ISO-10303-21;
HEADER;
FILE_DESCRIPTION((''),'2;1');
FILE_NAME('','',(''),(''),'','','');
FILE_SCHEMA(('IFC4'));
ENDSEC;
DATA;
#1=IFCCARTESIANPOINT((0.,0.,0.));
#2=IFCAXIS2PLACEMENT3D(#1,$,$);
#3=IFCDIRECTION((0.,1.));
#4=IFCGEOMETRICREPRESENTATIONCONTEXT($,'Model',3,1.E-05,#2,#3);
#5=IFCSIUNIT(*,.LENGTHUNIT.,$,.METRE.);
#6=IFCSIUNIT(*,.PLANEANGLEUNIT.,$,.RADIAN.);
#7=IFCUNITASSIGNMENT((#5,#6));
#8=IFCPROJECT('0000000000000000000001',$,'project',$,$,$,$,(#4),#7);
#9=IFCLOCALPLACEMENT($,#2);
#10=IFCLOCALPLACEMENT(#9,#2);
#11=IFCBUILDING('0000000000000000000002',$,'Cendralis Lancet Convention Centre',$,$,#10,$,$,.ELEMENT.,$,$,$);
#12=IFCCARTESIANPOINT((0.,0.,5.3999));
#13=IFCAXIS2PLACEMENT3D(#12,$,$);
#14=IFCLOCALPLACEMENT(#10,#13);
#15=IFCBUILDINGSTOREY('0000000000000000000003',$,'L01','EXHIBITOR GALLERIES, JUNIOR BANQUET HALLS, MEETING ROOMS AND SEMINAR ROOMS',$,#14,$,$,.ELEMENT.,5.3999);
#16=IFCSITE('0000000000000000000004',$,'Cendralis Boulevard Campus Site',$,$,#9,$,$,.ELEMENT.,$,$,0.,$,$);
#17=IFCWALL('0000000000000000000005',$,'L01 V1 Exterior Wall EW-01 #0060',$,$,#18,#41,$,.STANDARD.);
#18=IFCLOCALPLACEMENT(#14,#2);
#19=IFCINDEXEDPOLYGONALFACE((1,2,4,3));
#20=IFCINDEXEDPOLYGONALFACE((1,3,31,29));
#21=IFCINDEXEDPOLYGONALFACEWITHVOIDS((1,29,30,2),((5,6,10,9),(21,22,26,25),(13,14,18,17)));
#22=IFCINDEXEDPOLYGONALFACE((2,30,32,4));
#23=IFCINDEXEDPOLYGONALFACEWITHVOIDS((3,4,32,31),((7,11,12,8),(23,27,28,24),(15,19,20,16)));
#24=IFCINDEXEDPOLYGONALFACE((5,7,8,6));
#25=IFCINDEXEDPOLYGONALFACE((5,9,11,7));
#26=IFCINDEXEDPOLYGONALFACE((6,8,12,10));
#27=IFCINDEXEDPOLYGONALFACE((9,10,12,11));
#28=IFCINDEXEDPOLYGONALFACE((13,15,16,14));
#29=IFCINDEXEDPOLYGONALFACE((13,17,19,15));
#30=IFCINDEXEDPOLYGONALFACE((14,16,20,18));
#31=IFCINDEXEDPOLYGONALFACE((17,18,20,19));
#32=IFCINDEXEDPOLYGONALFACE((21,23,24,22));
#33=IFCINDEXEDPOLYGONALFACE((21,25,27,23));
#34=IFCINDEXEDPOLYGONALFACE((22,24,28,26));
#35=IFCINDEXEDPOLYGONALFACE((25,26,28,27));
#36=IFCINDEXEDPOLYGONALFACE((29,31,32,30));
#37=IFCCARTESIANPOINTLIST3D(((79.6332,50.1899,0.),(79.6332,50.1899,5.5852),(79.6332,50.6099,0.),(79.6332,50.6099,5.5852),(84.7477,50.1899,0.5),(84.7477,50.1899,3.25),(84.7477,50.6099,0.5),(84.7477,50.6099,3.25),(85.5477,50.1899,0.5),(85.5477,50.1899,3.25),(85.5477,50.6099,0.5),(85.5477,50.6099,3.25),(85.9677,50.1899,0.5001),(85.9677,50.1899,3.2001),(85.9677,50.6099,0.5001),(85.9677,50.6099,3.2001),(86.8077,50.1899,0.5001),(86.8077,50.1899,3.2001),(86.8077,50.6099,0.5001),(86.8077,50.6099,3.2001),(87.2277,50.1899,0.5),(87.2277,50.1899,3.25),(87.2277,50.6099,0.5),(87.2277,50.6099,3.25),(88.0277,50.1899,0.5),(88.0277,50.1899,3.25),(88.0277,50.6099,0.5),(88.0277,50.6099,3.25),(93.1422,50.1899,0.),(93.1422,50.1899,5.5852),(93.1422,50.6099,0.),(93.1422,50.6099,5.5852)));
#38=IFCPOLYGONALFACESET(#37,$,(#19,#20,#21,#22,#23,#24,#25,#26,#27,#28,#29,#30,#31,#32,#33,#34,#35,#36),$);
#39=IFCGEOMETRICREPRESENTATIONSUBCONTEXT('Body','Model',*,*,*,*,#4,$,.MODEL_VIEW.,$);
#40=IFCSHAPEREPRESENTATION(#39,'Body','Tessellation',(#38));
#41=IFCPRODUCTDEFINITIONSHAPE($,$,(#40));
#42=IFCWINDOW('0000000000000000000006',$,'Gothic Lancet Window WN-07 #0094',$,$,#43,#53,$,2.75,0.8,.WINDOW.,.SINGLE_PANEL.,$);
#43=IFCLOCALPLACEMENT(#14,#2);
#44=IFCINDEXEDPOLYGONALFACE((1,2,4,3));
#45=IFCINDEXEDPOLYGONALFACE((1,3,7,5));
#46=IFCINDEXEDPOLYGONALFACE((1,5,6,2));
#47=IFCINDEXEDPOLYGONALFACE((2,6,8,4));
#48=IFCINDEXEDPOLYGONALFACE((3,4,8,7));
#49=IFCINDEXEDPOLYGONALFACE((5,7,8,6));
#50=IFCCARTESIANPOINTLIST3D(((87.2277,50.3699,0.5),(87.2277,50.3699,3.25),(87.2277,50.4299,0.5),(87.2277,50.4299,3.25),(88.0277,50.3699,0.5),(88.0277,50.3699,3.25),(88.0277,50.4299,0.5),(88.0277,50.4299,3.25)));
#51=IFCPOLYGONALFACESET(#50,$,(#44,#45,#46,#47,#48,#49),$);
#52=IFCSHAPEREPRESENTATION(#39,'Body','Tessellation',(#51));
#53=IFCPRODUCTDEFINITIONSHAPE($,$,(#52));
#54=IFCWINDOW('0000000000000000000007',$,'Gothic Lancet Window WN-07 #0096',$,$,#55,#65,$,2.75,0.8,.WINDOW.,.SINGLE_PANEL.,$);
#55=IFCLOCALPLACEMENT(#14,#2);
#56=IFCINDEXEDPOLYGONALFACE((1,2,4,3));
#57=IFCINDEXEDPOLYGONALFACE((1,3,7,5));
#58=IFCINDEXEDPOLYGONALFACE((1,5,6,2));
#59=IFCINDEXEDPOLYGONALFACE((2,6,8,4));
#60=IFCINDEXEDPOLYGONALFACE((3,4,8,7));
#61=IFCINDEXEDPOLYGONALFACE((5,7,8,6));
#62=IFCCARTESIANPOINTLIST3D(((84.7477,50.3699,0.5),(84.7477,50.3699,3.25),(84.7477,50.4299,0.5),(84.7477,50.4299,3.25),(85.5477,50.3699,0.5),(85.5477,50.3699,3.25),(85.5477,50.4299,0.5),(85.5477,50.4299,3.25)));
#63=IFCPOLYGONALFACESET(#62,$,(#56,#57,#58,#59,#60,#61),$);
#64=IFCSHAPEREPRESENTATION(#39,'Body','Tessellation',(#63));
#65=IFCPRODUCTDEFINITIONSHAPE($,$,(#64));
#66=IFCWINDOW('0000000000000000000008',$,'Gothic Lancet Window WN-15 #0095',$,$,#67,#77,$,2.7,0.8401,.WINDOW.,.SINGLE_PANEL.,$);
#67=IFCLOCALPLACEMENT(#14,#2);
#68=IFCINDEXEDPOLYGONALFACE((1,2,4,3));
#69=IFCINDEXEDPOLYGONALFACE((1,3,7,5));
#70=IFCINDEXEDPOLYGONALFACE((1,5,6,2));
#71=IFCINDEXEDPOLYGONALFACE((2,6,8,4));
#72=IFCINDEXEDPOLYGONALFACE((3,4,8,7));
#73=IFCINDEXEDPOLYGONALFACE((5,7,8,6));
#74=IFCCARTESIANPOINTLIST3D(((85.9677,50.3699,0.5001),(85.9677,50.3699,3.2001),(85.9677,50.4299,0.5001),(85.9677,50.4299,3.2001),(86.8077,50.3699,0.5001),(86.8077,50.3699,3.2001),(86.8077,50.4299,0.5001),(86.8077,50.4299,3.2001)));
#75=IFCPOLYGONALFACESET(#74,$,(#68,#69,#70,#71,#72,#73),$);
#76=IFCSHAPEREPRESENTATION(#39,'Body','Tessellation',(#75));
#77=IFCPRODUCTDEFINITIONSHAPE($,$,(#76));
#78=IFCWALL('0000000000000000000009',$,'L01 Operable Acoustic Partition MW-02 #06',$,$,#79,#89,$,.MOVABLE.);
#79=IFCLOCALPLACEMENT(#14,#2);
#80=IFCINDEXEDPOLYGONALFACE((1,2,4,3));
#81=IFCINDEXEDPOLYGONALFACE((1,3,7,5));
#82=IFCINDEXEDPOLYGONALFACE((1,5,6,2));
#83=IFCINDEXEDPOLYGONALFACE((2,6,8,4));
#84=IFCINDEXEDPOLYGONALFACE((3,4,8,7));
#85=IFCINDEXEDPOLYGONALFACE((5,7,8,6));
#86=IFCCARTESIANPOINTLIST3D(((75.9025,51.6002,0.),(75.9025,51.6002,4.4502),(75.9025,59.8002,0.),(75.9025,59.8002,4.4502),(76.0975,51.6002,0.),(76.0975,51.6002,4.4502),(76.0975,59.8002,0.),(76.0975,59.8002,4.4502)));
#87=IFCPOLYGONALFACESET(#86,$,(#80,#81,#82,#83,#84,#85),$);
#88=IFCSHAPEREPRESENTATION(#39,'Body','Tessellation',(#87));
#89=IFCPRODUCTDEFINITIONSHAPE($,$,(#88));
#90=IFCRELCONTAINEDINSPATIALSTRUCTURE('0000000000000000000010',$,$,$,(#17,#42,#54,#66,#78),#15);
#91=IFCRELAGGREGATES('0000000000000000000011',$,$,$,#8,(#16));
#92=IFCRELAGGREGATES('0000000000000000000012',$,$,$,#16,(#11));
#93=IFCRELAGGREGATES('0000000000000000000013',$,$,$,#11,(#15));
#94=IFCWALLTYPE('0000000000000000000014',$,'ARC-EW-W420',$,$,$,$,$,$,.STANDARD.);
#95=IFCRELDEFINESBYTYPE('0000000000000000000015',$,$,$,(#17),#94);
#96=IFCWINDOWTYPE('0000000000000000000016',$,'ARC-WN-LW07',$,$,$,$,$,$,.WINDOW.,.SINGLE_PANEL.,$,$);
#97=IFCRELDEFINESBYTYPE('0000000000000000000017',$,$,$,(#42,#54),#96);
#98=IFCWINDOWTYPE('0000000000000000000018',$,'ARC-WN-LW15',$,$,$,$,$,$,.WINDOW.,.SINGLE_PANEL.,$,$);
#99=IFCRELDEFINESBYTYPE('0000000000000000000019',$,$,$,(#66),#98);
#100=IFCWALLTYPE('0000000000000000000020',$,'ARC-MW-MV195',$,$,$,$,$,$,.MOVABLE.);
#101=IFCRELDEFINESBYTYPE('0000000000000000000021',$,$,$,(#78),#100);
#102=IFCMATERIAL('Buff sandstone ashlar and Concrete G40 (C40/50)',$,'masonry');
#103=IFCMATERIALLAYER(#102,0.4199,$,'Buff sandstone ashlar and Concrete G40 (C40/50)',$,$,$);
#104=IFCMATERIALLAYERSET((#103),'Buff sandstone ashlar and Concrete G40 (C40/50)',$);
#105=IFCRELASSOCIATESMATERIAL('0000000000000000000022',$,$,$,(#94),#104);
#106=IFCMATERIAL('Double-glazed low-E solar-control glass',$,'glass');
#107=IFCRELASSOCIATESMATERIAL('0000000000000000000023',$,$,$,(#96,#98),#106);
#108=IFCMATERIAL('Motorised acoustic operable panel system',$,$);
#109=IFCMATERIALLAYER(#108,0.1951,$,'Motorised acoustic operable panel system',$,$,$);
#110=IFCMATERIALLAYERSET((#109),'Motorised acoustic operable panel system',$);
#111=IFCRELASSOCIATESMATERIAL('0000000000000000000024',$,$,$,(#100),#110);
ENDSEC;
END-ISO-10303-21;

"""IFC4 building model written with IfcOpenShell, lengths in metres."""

from ifc_helpers import new_model, si_unit, direction, frame, frame_2d, origin, place, context, subcontext, project, spatial, rectangle, extrude, material, layer, layer_set, type_object, element, fill, save


model = new_model("IFC4")

# Units and contexts
model_context = context("Model", 3, precision=1e-05, world=origin(), true_north=direction((0.0, 1.0)))
body_context = subcontext(model_context, "Body", "Model", "MODEL_VIEW")
ifc_project = project(units=[si_unit("LENGTHUNIT", "METRE"), si_unit("PLANEANGLEUNIT", "RADIAN")], contexts=[model_context])

# Site, building, storey
site_placement = place(None, origin())
site = spatial("IfcSite", under=ifc_project, at=site_placement, Name="Cendralis Boulevard Campus Site", CompositionType="ELEMENT", RefElevation=0.0)
building_placement = place(site_placement, origin())
building = spatial("IfcBuilding", under=site, at=building_placement, Name="Cendralis Lancet Convention Centre", CompositionType="ELEMENT")
storey_placement = place(building_placement, frame((0.0, 0.0, 5.3999)))
storey = spatial("IfcBuildingStorey", under=building, at=storey_placement, Name="L01", Description="EXHIBITOR GALLERIES, JUNIOR BANQUET HALLS, MEETING ROOMS AND SEMINAR ROOMS", CompositionType="ELEMENT", Elevation=5.3999)

# Shared definitions
ifc_material_1 = material(Name="Double-glazed low-E solar-control glass", Category="glass")

# Wall, openings, windows
ifc_material_2 = material(Name="Buff sandstone ashlar and Concrete G40 (C40/50)", Category="masonry")
ifc_layer_1 = layer(ifc_material_2, 0.4199, Name="Buff sandstone ashlar and Concrete G40 (C40/50)")
ifc_layer_set_1 = layer_set([ifc_layer_1], Name="Buff sandstone ashlar and Concrete G40 (C40/50)")
wall_type_1 = type_object("IfcWallType", Name="ARC-EW-W420", PredefinedType="STANDARD", material=ifc_layer_set_1)
wall_1_placement = place(storey_placement, frame((93.1421, 50.3999, 0.0), z_axis=(0.0, 0.0, 1.0), x_axis=(-1.0, 0.0, 0.0)))
wall_1 = element("IfcWall", 1, at=wall_1_placement, inside=storey, type_object=wall_type_1, Name="L01 V1 Exterior Wall EW-01 #0060", PredefinedType="STANDARD", context=body_context, shape_type="SweptSolid", body=[
    extrude(rectangle(XDim=13.509, YDim=0.4199, at=frame_2d((6.7544, 0.0))), origin(), (0.0, 0.0, 1.0), 5.5852),
])
opening_1_placement = place(wall_1_placement, frame((5.1145, 0.0, 0.5)))
opening_1 = element("IfcOpeningElement", 2, at=opening_1_placement, cuts=wall_1, PredefinedType="OPENING", context=body_context, shape_type="SweptSolid", body=[
    extrude(rectangle(XDim=0.8, YDim=2.75, at=frame_2d((0.3999, 1.375))), frame((0.0, 0.22, 0.0), z_axis=(0.0, -1.0, 0.0), x_axis=(1.0, 0.0, 0.0)), (0.0, 0.0, 1.0), 0.4399),
])
opening_2_placement = place(wall_1_placement, frame((6.3345, 0.0, 0.5)))
opening_2 = element("IfcOpeningElement", 3, at=opening_2_placement, cuts=wall_1, PredefinedType="OPENING", context=body_context, shape_type="SweptSolid", body=[
    extrude(rectangle(XDim=0.8401, YDim=2.7, at=frame_2d((0.4199, 1.3501))), frame((0.0, 0.22, 0.0), z_axis=(0.0, -1.0, 0.0), x_axis=(1.0, 0.0, 0.0)), (0.0, 0.0, 1.0), 0.4399),
])
opening_3_placement = place(wall_1_placement, frame((7.5945, 0.0, 0.5)))
opening_3 = element("IfcOpeningElement", 4, at=opening_3_placement, cuts=wall_1, PredefinedType="OPENING", context=body_context, shape_type="SweptSolid", body=[
    extrude(rectangle(XDim=0.8, YDim=2.75, at=frame_2d((0.3999, 1.375))), frame((0.0, 0.22, 0.0), z_axis=(0.0, -1.0, 0.0), x_axis=(1.0, 0.0, 0.0)), (0.0, 0.0, 1.0), 0.4399),
])
window_type_1 = type_object("IfcWindowType", Name="ARC-WN-LW07", PartitioningType="SINGLE_PANEL", PredefinedType="WINDOW", material=ifc_material_1)
window_1_placement = place(opening_1_placement, origin())
window_1 = element("IfcWindow", 5, at=window_1_placement, inside=storey, type_object=window_type_1, Name="Gothic Lancet Window WN-07 #0094", OverallHeight=2.75, OverallWidth=0.8, PartitioningType="SINGLE_PANEL", PredefinedType="WINDOW", context=body_context, shape_type="SweptSolid", body=[
    extrude(rectangle(XDim=0.8, YDim=2.75, at=frame_2d((0.3999, 1.375))), frame((0.0, 0.03, 0.0), z_axis=(0.0, -1.0, 0.0), x_axis=(1.0, 0.0, 0.0)), (0.0, 0.0, 1.0), 0.0601),
])
fill(opening_1, window_1)
window_2_placement = place(opening_3_placement, origin())
window_2 = element("IfcWindow", 6, at=window_2_placement, inside=storey, type_object=window_type_1, Name="Gothic Lancet Window WN-07 #0096", OverallHeight=2.75, OverallWidth=0.8, PartitioningType="SINGLE_PANEL", PredefinedType="WINDOW", context=body_context, shape_type="SweptSolid", body=[
    extrude(rectangle(XDim=0.8, YDim=2.75, at=frame_2d((0.3999, 1.375))), frame((0.0, 0.03, 0.0), z_axis=(0.0, -1.0, 0.0), x_axis=(1.0, 0.0, 0.0)), (0.0, 0.0, 1.0), 0.0601),
])
fill(opening_3, window_2)
window_type_2 = type_object("IfcWindowType", Name="ARC-WN-LW15", PartitioningType="SINGLE_PANEL", PredefinedType="WINDOW", material=ifc_material_1)
window_3_placement = place(opening_2_placement, origin())
window_3 = element("IfcWindow", 7, at=window_3_placement, inside=storey, type_object=window_type_2, Name="Gothic Lancet Window WN-15 #0095", OverallHeight=2.7, OverallWidth=0.8401, PartitioningType="SINGLE_PANEL", PredefinedType="WINDOW", context=body_context, shape_type="SweptSolid", body=[
    extrude(rectangle(XDim=0.8401, YDim=2.7, at=frame_2d((0.4199, 1.3501))), frame((0.0, 0.03, 0.0), z_axis=(0.0, -1.0, 0.0), x_axis=(1.0, 0.0, 0.0)), (0.0, 0.0, 1.0), 0.0601),
])
fill(opening_2, window_3)

# Wall
ifc_material_3 = material(Name="Motorised acoustic operable panel system")
ifc_layer_2 = layer(ifc_material_3, 0.1951, Name="Motorised acoustic operable panel system")
ifc_layer_set_2 = layer_set([ifc_layer_2], Name="Motorised acoustic operable panel system")
wall_type_2 = type_object("IfcWallType", Name="ARC-MW-MV195", PredefinedType="MOVABLE", material=ifc_layer_set_2)
wall_2_placement = place(storey_placement, frame((76.0, 51.6001, 0.0), z_axis=(0.0, 0.0, 1.0), x_axis=(0.0, 1.0, 0.0)))
element("IfcWall", 8, at=wall_2_placement, inside=storey, type_object=wall_type_2, Name="L01 Operable Acoustic Partition MW-02 #06", PredefinedType="MOVABLE", context=body_context, shape_type="SweptSolid", body=[
    extrude(rectangle(XDim=8.2, YDim=0.1951, at=frame_2d((4.1001, 0.0))), origin(), (0.0, 0.0, 1.0), 4.4502),
])

save(model, "model.ifc")
